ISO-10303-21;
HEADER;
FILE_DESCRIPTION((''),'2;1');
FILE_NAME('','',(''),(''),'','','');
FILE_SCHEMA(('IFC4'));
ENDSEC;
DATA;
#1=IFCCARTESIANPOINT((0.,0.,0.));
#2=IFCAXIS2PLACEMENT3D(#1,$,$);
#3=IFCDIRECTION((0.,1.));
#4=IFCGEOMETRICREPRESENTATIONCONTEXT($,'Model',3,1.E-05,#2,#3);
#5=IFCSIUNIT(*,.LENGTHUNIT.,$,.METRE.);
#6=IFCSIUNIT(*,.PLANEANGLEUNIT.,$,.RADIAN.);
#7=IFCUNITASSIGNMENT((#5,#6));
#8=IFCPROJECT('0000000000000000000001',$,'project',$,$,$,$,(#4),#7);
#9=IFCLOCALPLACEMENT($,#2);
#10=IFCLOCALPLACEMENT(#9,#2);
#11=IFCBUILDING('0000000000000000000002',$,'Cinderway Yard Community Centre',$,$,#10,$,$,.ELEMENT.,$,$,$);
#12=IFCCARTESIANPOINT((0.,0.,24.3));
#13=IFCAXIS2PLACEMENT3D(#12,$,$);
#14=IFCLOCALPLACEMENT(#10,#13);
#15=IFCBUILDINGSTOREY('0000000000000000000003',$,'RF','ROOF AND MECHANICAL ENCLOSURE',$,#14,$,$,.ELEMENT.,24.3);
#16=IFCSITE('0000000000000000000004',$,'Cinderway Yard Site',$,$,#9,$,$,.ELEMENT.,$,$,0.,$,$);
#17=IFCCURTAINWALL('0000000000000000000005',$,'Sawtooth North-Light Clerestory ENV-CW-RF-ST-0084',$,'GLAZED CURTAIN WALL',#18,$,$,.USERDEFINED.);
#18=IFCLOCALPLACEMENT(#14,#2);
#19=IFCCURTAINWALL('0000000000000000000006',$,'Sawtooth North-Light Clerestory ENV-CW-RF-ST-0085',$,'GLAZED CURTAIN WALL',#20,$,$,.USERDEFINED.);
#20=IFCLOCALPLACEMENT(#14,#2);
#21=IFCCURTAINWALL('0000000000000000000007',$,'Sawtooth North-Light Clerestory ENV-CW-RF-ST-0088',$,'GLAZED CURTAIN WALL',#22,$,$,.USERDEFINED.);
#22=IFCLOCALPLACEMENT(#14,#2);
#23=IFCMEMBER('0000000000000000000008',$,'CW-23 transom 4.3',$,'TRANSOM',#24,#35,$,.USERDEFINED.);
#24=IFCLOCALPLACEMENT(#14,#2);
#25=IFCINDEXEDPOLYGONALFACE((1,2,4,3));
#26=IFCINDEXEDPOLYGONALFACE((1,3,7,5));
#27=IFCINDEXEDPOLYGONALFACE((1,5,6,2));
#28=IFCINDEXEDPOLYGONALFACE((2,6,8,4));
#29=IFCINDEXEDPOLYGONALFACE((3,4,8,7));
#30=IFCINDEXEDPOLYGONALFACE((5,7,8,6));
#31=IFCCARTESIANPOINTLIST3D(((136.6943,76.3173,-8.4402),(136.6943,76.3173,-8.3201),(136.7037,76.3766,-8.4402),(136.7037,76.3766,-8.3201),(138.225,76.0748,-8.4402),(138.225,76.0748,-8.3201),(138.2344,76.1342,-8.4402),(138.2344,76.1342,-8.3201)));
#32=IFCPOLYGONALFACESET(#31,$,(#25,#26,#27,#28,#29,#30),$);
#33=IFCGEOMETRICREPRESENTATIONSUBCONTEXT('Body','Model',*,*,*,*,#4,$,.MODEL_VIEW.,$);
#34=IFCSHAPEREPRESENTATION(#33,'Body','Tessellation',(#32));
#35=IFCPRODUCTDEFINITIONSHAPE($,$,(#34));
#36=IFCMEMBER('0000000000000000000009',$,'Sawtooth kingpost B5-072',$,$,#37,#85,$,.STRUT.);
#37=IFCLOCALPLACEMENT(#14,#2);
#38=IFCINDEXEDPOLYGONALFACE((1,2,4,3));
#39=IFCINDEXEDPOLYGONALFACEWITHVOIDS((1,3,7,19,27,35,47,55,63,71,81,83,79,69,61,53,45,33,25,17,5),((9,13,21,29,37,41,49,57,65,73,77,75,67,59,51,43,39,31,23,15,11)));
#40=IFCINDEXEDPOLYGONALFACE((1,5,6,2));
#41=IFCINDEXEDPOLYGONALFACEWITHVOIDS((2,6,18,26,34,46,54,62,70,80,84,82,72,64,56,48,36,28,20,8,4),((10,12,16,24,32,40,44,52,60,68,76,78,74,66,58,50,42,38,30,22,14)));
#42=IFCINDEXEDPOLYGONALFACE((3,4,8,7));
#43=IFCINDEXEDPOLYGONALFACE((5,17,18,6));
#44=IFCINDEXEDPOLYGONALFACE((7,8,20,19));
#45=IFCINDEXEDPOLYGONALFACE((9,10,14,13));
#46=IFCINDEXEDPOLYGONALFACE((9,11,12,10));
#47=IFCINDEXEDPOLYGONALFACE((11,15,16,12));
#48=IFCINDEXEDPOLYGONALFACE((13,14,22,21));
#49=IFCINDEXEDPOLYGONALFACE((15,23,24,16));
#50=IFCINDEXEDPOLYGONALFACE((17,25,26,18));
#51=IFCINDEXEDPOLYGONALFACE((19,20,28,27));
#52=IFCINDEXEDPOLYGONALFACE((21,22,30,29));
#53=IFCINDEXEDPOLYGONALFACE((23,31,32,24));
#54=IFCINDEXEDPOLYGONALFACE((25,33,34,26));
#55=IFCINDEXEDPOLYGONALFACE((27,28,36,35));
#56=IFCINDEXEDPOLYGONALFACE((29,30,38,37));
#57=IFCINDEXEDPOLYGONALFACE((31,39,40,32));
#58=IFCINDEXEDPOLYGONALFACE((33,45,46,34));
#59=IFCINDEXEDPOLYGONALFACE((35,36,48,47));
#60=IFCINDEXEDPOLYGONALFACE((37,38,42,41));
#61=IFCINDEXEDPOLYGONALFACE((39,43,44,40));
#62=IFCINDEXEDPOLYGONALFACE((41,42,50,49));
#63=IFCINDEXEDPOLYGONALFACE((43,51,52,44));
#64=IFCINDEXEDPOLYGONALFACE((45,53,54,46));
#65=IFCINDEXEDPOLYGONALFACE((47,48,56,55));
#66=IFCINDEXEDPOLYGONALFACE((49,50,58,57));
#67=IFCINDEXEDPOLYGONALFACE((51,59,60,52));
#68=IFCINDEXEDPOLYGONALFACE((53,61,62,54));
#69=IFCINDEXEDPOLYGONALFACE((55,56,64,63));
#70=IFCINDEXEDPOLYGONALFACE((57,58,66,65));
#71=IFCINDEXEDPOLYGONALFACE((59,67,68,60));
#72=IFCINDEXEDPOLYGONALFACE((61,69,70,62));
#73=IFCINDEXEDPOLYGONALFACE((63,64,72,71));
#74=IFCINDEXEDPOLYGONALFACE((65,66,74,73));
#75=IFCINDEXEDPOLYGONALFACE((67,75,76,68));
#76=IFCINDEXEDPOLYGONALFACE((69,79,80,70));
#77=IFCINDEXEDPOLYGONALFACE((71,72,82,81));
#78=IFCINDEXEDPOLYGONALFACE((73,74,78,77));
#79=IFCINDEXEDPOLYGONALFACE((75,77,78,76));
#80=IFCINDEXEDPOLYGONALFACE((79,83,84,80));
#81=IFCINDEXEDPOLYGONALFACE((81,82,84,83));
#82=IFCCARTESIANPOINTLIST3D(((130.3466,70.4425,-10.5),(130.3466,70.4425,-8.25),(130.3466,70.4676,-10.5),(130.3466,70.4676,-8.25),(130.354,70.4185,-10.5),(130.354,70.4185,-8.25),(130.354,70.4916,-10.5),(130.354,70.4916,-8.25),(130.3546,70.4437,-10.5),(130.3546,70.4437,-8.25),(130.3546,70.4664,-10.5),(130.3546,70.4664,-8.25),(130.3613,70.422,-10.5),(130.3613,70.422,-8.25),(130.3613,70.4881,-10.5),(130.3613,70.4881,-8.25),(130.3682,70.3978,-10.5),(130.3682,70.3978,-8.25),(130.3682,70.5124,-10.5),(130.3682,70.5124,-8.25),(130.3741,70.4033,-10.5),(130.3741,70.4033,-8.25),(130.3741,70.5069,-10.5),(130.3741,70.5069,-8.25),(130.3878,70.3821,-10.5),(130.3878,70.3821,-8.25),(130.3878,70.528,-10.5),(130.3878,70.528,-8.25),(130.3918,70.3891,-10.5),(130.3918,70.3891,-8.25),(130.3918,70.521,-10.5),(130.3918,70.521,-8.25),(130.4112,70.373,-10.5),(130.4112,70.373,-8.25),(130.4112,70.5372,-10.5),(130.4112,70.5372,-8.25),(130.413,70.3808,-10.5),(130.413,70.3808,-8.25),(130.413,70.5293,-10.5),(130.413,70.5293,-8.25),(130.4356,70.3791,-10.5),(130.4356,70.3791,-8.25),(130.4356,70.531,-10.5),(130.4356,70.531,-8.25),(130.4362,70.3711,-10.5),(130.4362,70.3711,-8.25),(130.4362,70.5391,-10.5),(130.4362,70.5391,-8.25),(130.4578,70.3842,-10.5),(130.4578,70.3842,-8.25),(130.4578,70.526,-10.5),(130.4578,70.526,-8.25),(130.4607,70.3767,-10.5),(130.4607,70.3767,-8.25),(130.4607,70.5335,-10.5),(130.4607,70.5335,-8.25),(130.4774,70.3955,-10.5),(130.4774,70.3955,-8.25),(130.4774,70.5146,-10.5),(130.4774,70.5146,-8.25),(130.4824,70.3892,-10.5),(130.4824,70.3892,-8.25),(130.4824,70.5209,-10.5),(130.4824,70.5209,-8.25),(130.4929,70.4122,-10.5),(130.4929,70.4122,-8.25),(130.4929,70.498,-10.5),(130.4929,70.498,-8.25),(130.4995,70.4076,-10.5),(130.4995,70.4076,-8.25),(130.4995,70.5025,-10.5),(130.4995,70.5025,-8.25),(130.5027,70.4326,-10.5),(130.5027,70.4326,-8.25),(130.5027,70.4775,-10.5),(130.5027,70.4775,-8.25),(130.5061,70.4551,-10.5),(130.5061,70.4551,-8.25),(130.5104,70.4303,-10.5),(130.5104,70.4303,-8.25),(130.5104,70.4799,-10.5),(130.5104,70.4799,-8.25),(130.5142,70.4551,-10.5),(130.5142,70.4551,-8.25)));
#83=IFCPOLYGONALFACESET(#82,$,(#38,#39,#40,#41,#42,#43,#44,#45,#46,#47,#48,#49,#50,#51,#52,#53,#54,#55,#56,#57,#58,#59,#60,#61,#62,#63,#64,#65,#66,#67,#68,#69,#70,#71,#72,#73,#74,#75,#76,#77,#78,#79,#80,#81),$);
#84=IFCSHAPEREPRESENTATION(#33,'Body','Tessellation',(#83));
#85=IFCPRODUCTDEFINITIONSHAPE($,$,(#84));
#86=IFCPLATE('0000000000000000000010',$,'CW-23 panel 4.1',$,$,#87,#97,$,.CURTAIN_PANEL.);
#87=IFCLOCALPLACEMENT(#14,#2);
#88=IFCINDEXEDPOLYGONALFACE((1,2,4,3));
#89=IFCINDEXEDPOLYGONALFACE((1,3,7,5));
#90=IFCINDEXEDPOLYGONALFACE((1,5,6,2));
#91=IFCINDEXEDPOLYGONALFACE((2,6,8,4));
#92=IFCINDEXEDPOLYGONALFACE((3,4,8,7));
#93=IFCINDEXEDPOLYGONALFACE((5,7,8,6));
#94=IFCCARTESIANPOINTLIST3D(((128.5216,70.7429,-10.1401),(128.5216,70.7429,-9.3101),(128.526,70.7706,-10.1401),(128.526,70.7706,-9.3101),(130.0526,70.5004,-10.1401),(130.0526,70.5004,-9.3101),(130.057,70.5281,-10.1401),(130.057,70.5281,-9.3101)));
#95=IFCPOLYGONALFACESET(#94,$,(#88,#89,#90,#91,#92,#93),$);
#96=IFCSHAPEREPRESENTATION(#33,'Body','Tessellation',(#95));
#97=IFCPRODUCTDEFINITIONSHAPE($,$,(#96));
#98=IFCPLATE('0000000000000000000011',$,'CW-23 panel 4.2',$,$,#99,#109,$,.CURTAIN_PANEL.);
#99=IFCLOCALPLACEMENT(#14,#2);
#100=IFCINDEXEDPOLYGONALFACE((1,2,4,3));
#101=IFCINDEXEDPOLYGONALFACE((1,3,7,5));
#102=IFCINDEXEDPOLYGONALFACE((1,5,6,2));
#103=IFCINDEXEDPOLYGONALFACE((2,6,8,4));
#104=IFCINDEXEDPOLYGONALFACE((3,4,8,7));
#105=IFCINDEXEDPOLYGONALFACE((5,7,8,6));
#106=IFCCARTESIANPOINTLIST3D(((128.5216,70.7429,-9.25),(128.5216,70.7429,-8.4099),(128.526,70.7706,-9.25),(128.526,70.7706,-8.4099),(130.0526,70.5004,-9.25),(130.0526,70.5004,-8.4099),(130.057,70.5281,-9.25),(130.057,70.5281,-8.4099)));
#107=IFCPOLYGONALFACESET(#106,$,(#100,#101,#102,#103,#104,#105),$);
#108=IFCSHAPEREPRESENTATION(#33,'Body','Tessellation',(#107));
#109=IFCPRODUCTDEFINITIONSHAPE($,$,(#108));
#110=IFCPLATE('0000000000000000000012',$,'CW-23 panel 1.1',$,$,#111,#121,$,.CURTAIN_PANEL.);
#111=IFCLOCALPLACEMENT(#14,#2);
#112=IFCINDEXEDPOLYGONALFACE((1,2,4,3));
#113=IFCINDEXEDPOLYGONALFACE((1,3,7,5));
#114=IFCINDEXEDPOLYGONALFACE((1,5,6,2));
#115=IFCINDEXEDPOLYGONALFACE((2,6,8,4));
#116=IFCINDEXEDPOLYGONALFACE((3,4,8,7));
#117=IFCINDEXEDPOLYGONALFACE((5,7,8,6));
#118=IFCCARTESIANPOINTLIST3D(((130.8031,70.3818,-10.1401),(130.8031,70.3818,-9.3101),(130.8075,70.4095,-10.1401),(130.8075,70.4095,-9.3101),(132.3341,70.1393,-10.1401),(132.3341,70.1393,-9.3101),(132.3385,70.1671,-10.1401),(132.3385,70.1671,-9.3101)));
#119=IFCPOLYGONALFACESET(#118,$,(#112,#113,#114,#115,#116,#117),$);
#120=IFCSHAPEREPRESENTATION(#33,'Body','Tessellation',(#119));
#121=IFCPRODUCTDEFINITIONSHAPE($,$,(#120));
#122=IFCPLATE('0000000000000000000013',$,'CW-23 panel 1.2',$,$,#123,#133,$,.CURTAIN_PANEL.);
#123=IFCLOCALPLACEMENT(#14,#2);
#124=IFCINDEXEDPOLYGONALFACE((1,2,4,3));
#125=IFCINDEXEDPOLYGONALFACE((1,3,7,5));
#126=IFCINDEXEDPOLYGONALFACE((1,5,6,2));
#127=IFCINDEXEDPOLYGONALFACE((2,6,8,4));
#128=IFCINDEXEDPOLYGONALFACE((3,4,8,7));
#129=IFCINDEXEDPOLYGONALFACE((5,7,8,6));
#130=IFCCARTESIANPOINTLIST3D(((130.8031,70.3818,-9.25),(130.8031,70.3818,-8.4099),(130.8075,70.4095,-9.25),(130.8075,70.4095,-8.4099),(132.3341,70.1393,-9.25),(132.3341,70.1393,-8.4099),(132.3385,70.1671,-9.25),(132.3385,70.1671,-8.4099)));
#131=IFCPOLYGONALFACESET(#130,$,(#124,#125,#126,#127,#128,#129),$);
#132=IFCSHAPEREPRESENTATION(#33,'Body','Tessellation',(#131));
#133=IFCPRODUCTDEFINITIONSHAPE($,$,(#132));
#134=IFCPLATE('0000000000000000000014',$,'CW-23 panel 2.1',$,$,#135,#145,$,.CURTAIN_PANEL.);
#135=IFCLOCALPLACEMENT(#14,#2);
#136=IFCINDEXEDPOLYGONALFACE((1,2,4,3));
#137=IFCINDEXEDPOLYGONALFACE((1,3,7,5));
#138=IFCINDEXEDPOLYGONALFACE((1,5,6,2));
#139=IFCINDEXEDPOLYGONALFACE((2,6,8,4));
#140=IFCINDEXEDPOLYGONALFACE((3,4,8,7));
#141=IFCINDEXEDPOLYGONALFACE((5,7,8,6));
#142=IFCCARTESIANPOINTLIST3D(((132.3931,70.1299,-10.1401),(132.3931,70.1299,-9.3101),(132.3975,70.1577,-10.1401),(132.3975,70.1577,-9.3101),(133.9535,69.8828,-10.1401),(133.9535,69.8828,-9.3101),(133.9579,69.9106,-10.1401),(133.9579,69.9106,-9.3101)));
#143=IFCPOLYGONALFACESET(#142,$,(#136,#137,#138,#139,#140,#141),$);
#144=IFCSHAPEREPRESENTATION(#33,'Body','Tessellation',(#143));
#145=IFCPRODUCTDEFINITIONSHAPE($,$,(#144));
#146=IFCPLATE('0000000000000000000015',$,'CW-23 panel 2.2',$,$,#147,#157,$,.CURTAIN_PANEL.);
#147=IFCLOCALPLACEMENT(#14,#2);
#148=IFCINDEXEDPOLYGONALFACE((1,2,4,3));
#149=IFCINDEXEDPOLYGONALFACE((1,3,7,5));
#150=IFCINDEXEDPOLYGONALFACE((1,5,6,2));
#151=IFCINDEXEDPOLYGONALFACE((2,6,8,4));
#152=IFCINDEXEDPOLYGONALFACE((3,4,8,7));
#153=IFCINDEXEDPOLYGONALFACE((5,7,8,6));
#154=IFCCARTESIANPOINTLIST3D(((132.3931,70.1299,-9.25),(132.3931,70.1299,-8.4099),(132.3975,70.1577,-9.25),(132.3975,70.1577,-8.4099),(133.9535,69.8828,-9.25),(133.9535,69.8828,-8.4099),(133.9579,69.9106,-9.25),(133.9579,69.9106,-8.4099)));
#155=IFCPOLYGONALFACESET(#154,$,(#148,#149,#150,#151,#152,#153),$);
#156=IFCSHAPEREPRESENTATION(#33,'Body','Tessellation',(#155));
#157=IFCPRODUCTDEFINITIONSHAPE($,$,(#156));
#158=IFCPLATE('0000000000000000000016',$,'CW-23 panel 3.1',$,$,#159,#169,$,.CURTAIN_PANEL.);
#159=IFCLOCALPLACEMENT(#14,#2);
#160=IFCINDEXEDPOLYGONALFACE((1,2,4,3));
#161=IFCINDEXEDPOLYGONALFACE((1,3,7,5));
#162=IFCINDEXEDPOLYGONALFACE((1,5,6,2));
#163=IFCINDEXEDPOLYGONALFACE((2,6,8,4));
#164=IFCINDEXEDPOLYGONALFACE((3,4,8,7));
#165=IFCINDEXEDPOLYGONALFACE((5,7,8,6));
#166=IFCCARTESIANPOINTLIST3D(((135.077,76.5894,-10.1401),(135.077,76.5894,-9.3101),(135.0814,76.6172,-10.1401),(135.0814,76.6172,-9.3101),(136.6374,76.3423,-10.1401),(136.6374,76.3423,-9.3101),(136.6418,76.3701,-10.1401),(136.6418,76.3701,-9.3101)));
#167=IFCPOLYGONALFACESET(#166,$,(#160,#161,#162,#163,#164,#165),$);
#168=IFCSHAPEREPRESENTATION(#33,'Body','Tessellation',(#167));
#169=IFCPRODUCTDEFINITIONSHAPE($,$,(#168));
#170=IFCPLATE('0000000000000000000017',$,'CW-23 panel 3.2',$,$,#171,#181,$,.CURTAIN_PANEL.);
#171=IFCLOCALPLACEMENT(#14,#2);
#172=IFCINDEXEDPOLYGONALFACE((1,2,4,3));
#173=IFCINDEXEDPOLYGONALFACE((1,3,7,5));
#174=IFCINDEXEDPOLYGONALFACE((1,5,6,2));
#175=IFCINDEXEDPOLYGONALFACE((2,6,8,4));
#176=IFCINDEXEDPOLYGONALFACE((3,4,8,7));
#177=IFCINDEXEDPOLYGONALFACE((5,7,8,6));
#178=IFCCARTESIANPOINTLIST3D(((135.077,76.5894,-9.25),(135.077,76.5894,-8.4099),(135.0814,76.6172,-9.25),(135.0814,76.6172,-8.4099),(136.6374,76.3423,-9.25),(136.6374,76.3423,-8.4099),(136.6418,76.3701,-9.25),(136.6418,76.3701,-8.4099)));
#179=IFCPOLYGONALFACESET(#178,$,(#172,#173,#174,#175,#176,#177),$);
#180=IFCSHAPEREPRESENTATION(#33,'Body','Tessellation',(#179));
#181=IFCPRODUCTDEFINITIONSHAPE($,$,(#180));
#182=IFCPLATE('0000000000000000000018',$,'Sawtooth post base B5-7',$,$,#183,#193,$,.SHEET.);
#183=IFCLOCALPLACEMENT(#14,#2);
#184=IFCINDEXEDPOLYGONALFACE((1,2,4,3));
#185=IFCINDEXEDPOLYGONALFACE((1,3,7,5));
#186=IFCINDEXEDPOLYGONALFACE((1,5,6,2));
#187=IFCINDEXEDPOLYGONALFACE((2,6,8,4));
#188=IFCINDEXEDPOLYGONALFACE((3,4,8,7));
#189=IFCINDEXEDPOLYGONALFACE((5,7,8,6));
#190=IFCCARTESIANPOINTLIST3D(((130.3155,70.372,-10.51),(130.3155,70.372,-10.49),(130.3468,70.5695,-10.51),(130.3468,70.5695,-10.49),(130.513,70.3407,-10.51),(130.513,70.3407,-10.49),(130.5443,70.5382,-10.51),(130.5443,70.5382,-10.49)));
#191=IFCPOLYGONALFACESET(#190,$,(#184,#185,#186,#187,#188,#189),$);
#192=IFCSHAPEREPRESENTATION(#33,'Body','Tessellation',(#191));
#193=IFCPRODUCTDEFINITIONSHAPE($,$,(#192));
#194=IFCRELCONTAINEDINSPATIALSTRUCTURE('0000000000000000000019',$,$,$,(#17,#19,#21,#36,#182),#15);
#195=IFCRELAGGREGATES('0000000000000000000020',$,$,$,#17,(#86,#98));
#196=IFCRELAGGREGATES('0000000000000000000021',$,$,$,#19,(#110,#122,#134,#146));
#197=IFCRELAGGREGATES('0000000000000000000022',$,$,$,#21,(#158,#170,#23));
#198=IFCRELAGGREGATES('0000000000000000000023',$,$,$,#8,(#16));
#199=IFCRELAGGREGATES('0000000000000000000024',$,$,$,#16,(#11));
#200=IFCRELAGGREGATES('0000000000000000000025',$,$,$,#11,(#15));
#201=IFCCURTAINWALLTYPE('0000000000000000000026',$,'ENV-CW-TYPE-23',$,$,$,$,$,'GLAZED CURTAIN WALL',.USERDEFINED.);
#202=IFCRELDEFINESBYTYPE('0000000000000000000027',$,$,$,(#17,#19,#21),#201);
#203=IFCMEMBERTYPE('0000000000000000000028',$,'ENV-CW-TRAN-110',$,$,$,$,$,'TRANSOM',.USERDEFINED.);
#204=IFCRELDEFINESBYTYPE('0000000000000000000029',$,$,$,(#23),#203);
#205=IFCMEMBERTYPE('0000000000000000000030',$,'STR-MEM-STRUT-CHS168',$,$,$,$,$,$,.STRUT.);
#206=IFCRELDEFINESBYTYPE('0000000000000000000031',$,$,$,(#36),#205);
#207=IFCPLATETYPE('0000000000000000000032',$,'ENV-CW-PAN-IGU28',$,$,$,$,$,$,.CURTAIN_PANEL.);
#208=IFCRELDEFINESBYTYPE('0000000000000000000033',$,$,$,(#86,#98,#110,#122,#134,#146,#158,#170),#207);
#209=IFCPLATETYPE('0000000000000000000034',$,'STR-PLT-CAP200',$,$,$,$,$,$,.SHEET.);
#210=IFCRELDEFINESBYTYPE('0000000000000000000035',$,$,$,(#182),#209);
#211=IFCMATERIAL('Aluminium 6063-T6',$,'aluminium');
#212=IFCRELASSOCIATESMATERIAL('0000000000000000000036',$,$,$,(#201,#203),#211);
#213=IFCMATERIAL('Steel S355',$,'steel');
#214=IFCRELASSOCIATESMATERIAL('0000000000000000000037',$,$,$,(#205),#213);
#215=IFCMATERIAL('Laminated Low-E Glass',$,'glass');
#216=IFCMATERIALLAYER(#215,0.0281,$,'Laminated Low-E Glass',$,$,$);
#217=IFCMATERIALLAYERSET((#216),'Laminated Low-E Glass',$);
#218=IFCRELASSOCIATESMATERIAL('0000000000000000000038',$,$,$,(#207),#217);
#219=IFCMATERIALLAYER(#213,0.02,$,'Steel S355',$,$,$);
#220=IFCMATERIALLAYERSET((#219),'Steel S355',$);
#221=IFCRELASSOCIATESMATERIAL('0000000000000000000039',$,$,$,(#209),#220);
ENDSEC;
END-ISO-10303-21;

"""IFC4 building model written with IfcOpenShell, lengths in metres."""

from ifc_helpers import new_model, si_unit, direction, frame, origin, origin_2d, place, context, subcontext, project, spatial, rectangle, hollow_circle, extrude, material, layer, layer_set, material_profile, profile_set, type_object, element, aggregate, save


model = new_model("IFC4")

# Units and contexts
model_context = context("Model", 3, precision=1e-05, world=origin(), true_north=direction((0.0, 1.0)))
body_context = subcontext(model_context, "Body", "Model", "MODEL_VIEW")
ifc_project = project(units=[si_unit("LENGTHUNIT", "METRE"), si_unit("PLANEANGLEUNIT", "RADIAN")], contexts=[model_context])

# Site, building, storey
site_placement = place(None, origin())
site = spatial("IfcSite", under=ifc_project, at=site_placement, Name="Cinderway Yard Site", CompositionType="ELEMENT", RefElevation=0.0)
building_placement = place(site_placement, origin())
building = spatial("IfcBuilding", under=site, at=building_placement, Name="Cinderway Yard Community Centre", CompositionType="ELEMENT")
storey_placement = place(building_placement, frame((0.0, 0.0, 24.3)))
storey = spatial("IfcBuildingStorey", under=building, at=storey_placement, Name="RF", Description="ROOF AND MECHANICAL ENCLOSURE", CompositionType="ELEMENT", Elevation=24.3)

# Curtain wall
ifc_material_1 = material(Name="Aluminium 6063-T6", Category="aluminium")
curtain_wall_type = type_object("IfcCurtainWallType", Name="ENV-CW-TYPE-23", ElementType="GLAZED CURTAIN WALL", PredefinedType="USERDEFINED", material=ifc_material_1)
curtain_wall_1_placement = place(storey_placement, origin())
curtain_wall_1 = element("IfcCurtainWall", 1, at=curtain_wall_1_placement, inside=storey, type_object=curtain_wall_type, Name="Sawtooth North-Light Clerestory ENV-CW-RF-ST-0084", ObjectType="GLAZED CURTAIN WALL", PredefinedType="USERDEFINED")

# Curtain wall
curtain_wall_2_placement = place(storey_placement, origin())
curtain_wall_2 = element("IfcCurtainWall", 2, at=curtain_wall_2_placement, inside=storey, type_object=curtain_wall_type, Name="Sawtooth North-Light Clerestory ENV-CW-RF-ST-0085", ObjectType="GLAZED CURTAIN WALL", PredefinedType="USERDEFINED")

# Curtain wall
curtain_wall_3_placement = place(storey_placement, origin())
curtain_wall_3 = element("IfcCurtainWall", 3, at=curtain_wall_3_placement, inside=storey, type_object=curtain_wall_type, Name="Sawtooth North-Light Clerestory ENV-CW-RF-ST-0088", ObjectType="GLAZED CURTAIN WALL", PredefinedType="USERDEFINED")

# Members
ifc_material_profile_1 = material_profile(ifc_material_1, rectangle(XDim=0.0601, YDim=0.1201, at=origin_2d()), Name="Aluminium 6063-T6")
ifc_profile_set_1 = profile_set([ifc_material_profile_1], Name="Aluminium 6063-T6")
member_type_1 = type_object("IfcMemberType", Name="ENV-CW-TRAN-110", ElementType="TRANSOM", PredefinedType="USERDEFINED", material=ifc_profile_set_1)
member_1_placement = place(storey_placement, frame((136.699, 76.3469, -8.3801), z_axis=(0.98769, -0.156424, 0.0), x_axis=(0.156424, 0.98769, 0.0)))
member_1 = element("IfcMember", 4, at=member_1_placement, type_object=member_type_1, Name="CW-23 transom 4.3", ObjectType="TRANSOM", PredefinedType="USERDEFINED", context=body_context, shape_type="SweptSolid", body=[
    extrude(rectangle(XDim=0.0601, YDim=0.1201, at=origin_2d()), origin(), (0.0, 0.0, 1.0), 1.5498),
])
ifc_material_2 = material(Name="Steel S355", Category="steel")
ifc_material_profile_2 = material_profile(ifc_material_2, hollow_circle(Radius=0.0842, WallThickness=0.0081, at=origin_2d()), Name="Steel S355")
ifc_profile_set_2 = profile_set([ifc_material_profile_2], Name="Steel S355")
member_type_2 = type_object("IfcMemberType", Name="STR-MEM-STRUT-CHS168", PredefinedType="STRUT", material=ifc_profile_set_2)
member_2_placement = place(storey_placement, frame((130.4299, 70.4551, -10.5), z_axis=(0.0, 0.0, 1.0), x_axis=(1.0, 0.0, 0.0)))
element("IfcMember", 5, at=member_2_placement, inside=storey, type_object=member_type_2, Name="Sawtooth kingpost B5-072", PredefinedType="STRUT", context=body_context, shape_type="SweptSolid", body=[
    extrude(hollow_circle(Radius=0.0842, WallThickness=0.0081, at=origin_2d()), origin(), (0.0, 0.0, 1.0), 2.25),
])

# Plates
ifc_material_3 = material(Name="Laminated Low-E Glass", Category="glass")
ifc_layer_1 = layer(ifc_material_3, 0.0281, Name="Laminated Low-E Glass")
ifc_layer_set_1 = layer_set([ifc_layer_1], Name="Laminated Low-E Glass")
plate_type_1 = type_object("IfcPlateType", Name="ENV-CW-PAN-IGU28", PredefinedType="CURTAIN_PANEL", material=ifc_layer_set_1)
plate_1_placement = place(storey_placement, frame((129.2893, 70.6355, -10.1401), z_axis=(0.0, 0.0, 1.0), x_axis=(0.987692, -0.156409, 0.0)))
plate_1 = element("IfcPlate", 6, at=plate_1_placement, type_object=plate_type_1, Name="CW-23 panel 4.1", PredefinedType="CURTAIN_PANEL", context=body_context, shape_type="SweptSolid", body=[
    extrude(rectangle(XDim=1.55, YDim=0.0281, at=origin_2d()), origin(), (0.0, 0.0, 1.0), 0.8301),
])
plate_2_placement = place(storey_placement, frame((129.2893, 70.6355, -9.25), z_axis=(0.0, 0.0, 1.0), x_axis=(0.987692, -0.156409, 0.0)))
plate_2 = element("IfcPlate", 7, at=plate_2_placement, type_object=plate_type_1, Name="CW-23 panel 4.2", PredefinedType="CURTAIN_PANEL", context=body_context, shape_type="SweptSolid", body=[
    extrude(rectangle(XDim=1.55, YDim=0.0281, at=origin_2d()), origin(), (0.0, 0.0, 1.0), 0.8401),
])
aggregate(curtain_wall_1, [plate_1, plate_2])
plate_3_placement = place(storey_placement, frame((131.5708, 70.2744, -10.1401), z_axis=(0.0, 0.0, 1.0), x_axis=(0.987692, -0.156409, 0.0)))
plate_3 = element("IfcPlate", 8, at=plate_3_placement, type_object=plate_type_1, Name="CW-23 panel 1.1", PredefinedType="CURTAIN_PANEL", context=body_context, shape_type="SweptSolid", body=[
    extrude(rectangle(XDim=1.55, YDim=0.0281, at=origin_2d()), origin(), (0.0, 0.0, 1.0), 0.8301),
])
plate_4_placement = place(storey_placement, frame((131.5708, 70.2744, -9.25), z_axis=(0.0, 0.0, 1.0), x_axis=(0.987692, -0.156409, 0.0)))
plate_4 = element("IfcPlate", 9, at=plate_4_placement, type_object=plate_type_1, Name="CW-23 panel 1.2", PredefinedType="CURTAIN_PANEL", context=body_context, shape_type="SweptSolid", body=[
    extrude(rectangle(XDim=1.55, YDim=0.0281, at=origin_2d()), origin(), (0.0, 0.0, 1.0), 0.8401),
])
plate_5_placement = place(storey_placement, frame((133.1755, 70.0203, -10.1401), z_axis=(0.0, 0.0, 1.0), x_axis=(0.987692, -0.156409, 0.0)))
plate_5 = element("IfcPlate", 10, at=plate_5_placement, type_object=plate_type_1, Name="CW-23 panel 2.1", PredefinedType="CURTAIN_PANEL", context=body_context, shape_type="SweptSolid", body=[
    extrude(rectangle(XDim=1.5798, YDim=0.0281, at=origin_2d()), origin(), (0.0, 0.0, 1.0), 0.8301),
])
plate_6_placement = place(storey_placement, frame((133.1755, 70.0203, -9.25), z_axis=(0.0, 0.0, 1.0), x_axis=(0.987692, -0.156409, 0.0)))
plate_6 = element("IfcPlate", 11, at=plate_6_placement, type_object=plate_type_1, Name="CW-23 panel 2.2", PredefinedType="CURTAIN_PANEL", context=body_context, shape_type="SweptSolid", body=[
    extrude(rectangle(XDim=1.5798, YDim=0.0281, at=origin_2d()), origin(), (0.0, 0.0, 1.0), 0.8401),
])
aggregate(curtain_wall_2, [plate_3, plate_4, plate_5, plate_6])
plate_7_placement = place(storey_placement, frame((135.8594, 76.4797, -10.1401), z_axis=(0.0, 0.0, 1.0), x_axis=(0.987692, -0.156409, 0.0)))
plate_7 = element("IfcPlate", 12, at=plate_7_placement, type_object=plate_type_1, Name="CW-23 panel 3.1", PredefinedType="CURTAIN_PANEL", context=body_context, shape_type="SweptSolid", body=[
    extrude(rectangle(XDim=1.5798, YDim=0.0281, at=origin_2d()), origin(), (0.0, 0.0, 1.0), 0.8301),
])
plate_8_placement = place(storey_placement, frame((135.8594, 76.4797, -9.25), z_axis=(0.0, 0.0, 1.0), x_axis=(0.987692, -0.156409, 0.0)))
plate_8 = element("IfcPlate", 13, at=plate_8_placement, type_object=plate_type_1, Name="CW-23 panel 3.2", PredefinedType="CURTAIN_PANEL", context=body_context, shape_type="SweptSolid", body=[
    extrude(rectangle(XDim=1.5798, YDim=0.0281, at=origin_2d()), origin(), (0.0, 0.0, 1.0), 0.8401),
])
aggregate(curtain_wall_3, [plate_7, plate_8, member_1])

# Plate
ifc_layer_2 = layer(ifc_material_2, 0.02, Name="Steel S355")
ifc_layer_set_2 = layer_set([ifc_layer_2], Name="Steel S355")
plate_type_2 = type_object("IfcPlateType", Name="STR-PLT-CAP200", PredefinedType="SHEET", material=ifc_layer_set_2)
for number, where, z_axis, x_axis, name in (
    (14, (130.4299, 70.4551, -10.51), (0.0, 0.0, 1.0), (0.987688, -0.156434, 0.0), "Sawtooth post base B5-7"),
):
    element("IfcPlate", number, at=place(storey_placement, frame(where, z_axis=z_axis, x_axis=x_axis)), inside=storey, type_object=plate_type_2, Name=name, PredefinedType="SHEET", context=body_context, shape_type="SweptSolid", body=[
        extrude(rectangle(XDim=0.2, YDim=0.2, at=origin_2d()), origin(), (0.0, 0.0, 1.0), 0.02),
    ])

save(model, "model.ifc")
